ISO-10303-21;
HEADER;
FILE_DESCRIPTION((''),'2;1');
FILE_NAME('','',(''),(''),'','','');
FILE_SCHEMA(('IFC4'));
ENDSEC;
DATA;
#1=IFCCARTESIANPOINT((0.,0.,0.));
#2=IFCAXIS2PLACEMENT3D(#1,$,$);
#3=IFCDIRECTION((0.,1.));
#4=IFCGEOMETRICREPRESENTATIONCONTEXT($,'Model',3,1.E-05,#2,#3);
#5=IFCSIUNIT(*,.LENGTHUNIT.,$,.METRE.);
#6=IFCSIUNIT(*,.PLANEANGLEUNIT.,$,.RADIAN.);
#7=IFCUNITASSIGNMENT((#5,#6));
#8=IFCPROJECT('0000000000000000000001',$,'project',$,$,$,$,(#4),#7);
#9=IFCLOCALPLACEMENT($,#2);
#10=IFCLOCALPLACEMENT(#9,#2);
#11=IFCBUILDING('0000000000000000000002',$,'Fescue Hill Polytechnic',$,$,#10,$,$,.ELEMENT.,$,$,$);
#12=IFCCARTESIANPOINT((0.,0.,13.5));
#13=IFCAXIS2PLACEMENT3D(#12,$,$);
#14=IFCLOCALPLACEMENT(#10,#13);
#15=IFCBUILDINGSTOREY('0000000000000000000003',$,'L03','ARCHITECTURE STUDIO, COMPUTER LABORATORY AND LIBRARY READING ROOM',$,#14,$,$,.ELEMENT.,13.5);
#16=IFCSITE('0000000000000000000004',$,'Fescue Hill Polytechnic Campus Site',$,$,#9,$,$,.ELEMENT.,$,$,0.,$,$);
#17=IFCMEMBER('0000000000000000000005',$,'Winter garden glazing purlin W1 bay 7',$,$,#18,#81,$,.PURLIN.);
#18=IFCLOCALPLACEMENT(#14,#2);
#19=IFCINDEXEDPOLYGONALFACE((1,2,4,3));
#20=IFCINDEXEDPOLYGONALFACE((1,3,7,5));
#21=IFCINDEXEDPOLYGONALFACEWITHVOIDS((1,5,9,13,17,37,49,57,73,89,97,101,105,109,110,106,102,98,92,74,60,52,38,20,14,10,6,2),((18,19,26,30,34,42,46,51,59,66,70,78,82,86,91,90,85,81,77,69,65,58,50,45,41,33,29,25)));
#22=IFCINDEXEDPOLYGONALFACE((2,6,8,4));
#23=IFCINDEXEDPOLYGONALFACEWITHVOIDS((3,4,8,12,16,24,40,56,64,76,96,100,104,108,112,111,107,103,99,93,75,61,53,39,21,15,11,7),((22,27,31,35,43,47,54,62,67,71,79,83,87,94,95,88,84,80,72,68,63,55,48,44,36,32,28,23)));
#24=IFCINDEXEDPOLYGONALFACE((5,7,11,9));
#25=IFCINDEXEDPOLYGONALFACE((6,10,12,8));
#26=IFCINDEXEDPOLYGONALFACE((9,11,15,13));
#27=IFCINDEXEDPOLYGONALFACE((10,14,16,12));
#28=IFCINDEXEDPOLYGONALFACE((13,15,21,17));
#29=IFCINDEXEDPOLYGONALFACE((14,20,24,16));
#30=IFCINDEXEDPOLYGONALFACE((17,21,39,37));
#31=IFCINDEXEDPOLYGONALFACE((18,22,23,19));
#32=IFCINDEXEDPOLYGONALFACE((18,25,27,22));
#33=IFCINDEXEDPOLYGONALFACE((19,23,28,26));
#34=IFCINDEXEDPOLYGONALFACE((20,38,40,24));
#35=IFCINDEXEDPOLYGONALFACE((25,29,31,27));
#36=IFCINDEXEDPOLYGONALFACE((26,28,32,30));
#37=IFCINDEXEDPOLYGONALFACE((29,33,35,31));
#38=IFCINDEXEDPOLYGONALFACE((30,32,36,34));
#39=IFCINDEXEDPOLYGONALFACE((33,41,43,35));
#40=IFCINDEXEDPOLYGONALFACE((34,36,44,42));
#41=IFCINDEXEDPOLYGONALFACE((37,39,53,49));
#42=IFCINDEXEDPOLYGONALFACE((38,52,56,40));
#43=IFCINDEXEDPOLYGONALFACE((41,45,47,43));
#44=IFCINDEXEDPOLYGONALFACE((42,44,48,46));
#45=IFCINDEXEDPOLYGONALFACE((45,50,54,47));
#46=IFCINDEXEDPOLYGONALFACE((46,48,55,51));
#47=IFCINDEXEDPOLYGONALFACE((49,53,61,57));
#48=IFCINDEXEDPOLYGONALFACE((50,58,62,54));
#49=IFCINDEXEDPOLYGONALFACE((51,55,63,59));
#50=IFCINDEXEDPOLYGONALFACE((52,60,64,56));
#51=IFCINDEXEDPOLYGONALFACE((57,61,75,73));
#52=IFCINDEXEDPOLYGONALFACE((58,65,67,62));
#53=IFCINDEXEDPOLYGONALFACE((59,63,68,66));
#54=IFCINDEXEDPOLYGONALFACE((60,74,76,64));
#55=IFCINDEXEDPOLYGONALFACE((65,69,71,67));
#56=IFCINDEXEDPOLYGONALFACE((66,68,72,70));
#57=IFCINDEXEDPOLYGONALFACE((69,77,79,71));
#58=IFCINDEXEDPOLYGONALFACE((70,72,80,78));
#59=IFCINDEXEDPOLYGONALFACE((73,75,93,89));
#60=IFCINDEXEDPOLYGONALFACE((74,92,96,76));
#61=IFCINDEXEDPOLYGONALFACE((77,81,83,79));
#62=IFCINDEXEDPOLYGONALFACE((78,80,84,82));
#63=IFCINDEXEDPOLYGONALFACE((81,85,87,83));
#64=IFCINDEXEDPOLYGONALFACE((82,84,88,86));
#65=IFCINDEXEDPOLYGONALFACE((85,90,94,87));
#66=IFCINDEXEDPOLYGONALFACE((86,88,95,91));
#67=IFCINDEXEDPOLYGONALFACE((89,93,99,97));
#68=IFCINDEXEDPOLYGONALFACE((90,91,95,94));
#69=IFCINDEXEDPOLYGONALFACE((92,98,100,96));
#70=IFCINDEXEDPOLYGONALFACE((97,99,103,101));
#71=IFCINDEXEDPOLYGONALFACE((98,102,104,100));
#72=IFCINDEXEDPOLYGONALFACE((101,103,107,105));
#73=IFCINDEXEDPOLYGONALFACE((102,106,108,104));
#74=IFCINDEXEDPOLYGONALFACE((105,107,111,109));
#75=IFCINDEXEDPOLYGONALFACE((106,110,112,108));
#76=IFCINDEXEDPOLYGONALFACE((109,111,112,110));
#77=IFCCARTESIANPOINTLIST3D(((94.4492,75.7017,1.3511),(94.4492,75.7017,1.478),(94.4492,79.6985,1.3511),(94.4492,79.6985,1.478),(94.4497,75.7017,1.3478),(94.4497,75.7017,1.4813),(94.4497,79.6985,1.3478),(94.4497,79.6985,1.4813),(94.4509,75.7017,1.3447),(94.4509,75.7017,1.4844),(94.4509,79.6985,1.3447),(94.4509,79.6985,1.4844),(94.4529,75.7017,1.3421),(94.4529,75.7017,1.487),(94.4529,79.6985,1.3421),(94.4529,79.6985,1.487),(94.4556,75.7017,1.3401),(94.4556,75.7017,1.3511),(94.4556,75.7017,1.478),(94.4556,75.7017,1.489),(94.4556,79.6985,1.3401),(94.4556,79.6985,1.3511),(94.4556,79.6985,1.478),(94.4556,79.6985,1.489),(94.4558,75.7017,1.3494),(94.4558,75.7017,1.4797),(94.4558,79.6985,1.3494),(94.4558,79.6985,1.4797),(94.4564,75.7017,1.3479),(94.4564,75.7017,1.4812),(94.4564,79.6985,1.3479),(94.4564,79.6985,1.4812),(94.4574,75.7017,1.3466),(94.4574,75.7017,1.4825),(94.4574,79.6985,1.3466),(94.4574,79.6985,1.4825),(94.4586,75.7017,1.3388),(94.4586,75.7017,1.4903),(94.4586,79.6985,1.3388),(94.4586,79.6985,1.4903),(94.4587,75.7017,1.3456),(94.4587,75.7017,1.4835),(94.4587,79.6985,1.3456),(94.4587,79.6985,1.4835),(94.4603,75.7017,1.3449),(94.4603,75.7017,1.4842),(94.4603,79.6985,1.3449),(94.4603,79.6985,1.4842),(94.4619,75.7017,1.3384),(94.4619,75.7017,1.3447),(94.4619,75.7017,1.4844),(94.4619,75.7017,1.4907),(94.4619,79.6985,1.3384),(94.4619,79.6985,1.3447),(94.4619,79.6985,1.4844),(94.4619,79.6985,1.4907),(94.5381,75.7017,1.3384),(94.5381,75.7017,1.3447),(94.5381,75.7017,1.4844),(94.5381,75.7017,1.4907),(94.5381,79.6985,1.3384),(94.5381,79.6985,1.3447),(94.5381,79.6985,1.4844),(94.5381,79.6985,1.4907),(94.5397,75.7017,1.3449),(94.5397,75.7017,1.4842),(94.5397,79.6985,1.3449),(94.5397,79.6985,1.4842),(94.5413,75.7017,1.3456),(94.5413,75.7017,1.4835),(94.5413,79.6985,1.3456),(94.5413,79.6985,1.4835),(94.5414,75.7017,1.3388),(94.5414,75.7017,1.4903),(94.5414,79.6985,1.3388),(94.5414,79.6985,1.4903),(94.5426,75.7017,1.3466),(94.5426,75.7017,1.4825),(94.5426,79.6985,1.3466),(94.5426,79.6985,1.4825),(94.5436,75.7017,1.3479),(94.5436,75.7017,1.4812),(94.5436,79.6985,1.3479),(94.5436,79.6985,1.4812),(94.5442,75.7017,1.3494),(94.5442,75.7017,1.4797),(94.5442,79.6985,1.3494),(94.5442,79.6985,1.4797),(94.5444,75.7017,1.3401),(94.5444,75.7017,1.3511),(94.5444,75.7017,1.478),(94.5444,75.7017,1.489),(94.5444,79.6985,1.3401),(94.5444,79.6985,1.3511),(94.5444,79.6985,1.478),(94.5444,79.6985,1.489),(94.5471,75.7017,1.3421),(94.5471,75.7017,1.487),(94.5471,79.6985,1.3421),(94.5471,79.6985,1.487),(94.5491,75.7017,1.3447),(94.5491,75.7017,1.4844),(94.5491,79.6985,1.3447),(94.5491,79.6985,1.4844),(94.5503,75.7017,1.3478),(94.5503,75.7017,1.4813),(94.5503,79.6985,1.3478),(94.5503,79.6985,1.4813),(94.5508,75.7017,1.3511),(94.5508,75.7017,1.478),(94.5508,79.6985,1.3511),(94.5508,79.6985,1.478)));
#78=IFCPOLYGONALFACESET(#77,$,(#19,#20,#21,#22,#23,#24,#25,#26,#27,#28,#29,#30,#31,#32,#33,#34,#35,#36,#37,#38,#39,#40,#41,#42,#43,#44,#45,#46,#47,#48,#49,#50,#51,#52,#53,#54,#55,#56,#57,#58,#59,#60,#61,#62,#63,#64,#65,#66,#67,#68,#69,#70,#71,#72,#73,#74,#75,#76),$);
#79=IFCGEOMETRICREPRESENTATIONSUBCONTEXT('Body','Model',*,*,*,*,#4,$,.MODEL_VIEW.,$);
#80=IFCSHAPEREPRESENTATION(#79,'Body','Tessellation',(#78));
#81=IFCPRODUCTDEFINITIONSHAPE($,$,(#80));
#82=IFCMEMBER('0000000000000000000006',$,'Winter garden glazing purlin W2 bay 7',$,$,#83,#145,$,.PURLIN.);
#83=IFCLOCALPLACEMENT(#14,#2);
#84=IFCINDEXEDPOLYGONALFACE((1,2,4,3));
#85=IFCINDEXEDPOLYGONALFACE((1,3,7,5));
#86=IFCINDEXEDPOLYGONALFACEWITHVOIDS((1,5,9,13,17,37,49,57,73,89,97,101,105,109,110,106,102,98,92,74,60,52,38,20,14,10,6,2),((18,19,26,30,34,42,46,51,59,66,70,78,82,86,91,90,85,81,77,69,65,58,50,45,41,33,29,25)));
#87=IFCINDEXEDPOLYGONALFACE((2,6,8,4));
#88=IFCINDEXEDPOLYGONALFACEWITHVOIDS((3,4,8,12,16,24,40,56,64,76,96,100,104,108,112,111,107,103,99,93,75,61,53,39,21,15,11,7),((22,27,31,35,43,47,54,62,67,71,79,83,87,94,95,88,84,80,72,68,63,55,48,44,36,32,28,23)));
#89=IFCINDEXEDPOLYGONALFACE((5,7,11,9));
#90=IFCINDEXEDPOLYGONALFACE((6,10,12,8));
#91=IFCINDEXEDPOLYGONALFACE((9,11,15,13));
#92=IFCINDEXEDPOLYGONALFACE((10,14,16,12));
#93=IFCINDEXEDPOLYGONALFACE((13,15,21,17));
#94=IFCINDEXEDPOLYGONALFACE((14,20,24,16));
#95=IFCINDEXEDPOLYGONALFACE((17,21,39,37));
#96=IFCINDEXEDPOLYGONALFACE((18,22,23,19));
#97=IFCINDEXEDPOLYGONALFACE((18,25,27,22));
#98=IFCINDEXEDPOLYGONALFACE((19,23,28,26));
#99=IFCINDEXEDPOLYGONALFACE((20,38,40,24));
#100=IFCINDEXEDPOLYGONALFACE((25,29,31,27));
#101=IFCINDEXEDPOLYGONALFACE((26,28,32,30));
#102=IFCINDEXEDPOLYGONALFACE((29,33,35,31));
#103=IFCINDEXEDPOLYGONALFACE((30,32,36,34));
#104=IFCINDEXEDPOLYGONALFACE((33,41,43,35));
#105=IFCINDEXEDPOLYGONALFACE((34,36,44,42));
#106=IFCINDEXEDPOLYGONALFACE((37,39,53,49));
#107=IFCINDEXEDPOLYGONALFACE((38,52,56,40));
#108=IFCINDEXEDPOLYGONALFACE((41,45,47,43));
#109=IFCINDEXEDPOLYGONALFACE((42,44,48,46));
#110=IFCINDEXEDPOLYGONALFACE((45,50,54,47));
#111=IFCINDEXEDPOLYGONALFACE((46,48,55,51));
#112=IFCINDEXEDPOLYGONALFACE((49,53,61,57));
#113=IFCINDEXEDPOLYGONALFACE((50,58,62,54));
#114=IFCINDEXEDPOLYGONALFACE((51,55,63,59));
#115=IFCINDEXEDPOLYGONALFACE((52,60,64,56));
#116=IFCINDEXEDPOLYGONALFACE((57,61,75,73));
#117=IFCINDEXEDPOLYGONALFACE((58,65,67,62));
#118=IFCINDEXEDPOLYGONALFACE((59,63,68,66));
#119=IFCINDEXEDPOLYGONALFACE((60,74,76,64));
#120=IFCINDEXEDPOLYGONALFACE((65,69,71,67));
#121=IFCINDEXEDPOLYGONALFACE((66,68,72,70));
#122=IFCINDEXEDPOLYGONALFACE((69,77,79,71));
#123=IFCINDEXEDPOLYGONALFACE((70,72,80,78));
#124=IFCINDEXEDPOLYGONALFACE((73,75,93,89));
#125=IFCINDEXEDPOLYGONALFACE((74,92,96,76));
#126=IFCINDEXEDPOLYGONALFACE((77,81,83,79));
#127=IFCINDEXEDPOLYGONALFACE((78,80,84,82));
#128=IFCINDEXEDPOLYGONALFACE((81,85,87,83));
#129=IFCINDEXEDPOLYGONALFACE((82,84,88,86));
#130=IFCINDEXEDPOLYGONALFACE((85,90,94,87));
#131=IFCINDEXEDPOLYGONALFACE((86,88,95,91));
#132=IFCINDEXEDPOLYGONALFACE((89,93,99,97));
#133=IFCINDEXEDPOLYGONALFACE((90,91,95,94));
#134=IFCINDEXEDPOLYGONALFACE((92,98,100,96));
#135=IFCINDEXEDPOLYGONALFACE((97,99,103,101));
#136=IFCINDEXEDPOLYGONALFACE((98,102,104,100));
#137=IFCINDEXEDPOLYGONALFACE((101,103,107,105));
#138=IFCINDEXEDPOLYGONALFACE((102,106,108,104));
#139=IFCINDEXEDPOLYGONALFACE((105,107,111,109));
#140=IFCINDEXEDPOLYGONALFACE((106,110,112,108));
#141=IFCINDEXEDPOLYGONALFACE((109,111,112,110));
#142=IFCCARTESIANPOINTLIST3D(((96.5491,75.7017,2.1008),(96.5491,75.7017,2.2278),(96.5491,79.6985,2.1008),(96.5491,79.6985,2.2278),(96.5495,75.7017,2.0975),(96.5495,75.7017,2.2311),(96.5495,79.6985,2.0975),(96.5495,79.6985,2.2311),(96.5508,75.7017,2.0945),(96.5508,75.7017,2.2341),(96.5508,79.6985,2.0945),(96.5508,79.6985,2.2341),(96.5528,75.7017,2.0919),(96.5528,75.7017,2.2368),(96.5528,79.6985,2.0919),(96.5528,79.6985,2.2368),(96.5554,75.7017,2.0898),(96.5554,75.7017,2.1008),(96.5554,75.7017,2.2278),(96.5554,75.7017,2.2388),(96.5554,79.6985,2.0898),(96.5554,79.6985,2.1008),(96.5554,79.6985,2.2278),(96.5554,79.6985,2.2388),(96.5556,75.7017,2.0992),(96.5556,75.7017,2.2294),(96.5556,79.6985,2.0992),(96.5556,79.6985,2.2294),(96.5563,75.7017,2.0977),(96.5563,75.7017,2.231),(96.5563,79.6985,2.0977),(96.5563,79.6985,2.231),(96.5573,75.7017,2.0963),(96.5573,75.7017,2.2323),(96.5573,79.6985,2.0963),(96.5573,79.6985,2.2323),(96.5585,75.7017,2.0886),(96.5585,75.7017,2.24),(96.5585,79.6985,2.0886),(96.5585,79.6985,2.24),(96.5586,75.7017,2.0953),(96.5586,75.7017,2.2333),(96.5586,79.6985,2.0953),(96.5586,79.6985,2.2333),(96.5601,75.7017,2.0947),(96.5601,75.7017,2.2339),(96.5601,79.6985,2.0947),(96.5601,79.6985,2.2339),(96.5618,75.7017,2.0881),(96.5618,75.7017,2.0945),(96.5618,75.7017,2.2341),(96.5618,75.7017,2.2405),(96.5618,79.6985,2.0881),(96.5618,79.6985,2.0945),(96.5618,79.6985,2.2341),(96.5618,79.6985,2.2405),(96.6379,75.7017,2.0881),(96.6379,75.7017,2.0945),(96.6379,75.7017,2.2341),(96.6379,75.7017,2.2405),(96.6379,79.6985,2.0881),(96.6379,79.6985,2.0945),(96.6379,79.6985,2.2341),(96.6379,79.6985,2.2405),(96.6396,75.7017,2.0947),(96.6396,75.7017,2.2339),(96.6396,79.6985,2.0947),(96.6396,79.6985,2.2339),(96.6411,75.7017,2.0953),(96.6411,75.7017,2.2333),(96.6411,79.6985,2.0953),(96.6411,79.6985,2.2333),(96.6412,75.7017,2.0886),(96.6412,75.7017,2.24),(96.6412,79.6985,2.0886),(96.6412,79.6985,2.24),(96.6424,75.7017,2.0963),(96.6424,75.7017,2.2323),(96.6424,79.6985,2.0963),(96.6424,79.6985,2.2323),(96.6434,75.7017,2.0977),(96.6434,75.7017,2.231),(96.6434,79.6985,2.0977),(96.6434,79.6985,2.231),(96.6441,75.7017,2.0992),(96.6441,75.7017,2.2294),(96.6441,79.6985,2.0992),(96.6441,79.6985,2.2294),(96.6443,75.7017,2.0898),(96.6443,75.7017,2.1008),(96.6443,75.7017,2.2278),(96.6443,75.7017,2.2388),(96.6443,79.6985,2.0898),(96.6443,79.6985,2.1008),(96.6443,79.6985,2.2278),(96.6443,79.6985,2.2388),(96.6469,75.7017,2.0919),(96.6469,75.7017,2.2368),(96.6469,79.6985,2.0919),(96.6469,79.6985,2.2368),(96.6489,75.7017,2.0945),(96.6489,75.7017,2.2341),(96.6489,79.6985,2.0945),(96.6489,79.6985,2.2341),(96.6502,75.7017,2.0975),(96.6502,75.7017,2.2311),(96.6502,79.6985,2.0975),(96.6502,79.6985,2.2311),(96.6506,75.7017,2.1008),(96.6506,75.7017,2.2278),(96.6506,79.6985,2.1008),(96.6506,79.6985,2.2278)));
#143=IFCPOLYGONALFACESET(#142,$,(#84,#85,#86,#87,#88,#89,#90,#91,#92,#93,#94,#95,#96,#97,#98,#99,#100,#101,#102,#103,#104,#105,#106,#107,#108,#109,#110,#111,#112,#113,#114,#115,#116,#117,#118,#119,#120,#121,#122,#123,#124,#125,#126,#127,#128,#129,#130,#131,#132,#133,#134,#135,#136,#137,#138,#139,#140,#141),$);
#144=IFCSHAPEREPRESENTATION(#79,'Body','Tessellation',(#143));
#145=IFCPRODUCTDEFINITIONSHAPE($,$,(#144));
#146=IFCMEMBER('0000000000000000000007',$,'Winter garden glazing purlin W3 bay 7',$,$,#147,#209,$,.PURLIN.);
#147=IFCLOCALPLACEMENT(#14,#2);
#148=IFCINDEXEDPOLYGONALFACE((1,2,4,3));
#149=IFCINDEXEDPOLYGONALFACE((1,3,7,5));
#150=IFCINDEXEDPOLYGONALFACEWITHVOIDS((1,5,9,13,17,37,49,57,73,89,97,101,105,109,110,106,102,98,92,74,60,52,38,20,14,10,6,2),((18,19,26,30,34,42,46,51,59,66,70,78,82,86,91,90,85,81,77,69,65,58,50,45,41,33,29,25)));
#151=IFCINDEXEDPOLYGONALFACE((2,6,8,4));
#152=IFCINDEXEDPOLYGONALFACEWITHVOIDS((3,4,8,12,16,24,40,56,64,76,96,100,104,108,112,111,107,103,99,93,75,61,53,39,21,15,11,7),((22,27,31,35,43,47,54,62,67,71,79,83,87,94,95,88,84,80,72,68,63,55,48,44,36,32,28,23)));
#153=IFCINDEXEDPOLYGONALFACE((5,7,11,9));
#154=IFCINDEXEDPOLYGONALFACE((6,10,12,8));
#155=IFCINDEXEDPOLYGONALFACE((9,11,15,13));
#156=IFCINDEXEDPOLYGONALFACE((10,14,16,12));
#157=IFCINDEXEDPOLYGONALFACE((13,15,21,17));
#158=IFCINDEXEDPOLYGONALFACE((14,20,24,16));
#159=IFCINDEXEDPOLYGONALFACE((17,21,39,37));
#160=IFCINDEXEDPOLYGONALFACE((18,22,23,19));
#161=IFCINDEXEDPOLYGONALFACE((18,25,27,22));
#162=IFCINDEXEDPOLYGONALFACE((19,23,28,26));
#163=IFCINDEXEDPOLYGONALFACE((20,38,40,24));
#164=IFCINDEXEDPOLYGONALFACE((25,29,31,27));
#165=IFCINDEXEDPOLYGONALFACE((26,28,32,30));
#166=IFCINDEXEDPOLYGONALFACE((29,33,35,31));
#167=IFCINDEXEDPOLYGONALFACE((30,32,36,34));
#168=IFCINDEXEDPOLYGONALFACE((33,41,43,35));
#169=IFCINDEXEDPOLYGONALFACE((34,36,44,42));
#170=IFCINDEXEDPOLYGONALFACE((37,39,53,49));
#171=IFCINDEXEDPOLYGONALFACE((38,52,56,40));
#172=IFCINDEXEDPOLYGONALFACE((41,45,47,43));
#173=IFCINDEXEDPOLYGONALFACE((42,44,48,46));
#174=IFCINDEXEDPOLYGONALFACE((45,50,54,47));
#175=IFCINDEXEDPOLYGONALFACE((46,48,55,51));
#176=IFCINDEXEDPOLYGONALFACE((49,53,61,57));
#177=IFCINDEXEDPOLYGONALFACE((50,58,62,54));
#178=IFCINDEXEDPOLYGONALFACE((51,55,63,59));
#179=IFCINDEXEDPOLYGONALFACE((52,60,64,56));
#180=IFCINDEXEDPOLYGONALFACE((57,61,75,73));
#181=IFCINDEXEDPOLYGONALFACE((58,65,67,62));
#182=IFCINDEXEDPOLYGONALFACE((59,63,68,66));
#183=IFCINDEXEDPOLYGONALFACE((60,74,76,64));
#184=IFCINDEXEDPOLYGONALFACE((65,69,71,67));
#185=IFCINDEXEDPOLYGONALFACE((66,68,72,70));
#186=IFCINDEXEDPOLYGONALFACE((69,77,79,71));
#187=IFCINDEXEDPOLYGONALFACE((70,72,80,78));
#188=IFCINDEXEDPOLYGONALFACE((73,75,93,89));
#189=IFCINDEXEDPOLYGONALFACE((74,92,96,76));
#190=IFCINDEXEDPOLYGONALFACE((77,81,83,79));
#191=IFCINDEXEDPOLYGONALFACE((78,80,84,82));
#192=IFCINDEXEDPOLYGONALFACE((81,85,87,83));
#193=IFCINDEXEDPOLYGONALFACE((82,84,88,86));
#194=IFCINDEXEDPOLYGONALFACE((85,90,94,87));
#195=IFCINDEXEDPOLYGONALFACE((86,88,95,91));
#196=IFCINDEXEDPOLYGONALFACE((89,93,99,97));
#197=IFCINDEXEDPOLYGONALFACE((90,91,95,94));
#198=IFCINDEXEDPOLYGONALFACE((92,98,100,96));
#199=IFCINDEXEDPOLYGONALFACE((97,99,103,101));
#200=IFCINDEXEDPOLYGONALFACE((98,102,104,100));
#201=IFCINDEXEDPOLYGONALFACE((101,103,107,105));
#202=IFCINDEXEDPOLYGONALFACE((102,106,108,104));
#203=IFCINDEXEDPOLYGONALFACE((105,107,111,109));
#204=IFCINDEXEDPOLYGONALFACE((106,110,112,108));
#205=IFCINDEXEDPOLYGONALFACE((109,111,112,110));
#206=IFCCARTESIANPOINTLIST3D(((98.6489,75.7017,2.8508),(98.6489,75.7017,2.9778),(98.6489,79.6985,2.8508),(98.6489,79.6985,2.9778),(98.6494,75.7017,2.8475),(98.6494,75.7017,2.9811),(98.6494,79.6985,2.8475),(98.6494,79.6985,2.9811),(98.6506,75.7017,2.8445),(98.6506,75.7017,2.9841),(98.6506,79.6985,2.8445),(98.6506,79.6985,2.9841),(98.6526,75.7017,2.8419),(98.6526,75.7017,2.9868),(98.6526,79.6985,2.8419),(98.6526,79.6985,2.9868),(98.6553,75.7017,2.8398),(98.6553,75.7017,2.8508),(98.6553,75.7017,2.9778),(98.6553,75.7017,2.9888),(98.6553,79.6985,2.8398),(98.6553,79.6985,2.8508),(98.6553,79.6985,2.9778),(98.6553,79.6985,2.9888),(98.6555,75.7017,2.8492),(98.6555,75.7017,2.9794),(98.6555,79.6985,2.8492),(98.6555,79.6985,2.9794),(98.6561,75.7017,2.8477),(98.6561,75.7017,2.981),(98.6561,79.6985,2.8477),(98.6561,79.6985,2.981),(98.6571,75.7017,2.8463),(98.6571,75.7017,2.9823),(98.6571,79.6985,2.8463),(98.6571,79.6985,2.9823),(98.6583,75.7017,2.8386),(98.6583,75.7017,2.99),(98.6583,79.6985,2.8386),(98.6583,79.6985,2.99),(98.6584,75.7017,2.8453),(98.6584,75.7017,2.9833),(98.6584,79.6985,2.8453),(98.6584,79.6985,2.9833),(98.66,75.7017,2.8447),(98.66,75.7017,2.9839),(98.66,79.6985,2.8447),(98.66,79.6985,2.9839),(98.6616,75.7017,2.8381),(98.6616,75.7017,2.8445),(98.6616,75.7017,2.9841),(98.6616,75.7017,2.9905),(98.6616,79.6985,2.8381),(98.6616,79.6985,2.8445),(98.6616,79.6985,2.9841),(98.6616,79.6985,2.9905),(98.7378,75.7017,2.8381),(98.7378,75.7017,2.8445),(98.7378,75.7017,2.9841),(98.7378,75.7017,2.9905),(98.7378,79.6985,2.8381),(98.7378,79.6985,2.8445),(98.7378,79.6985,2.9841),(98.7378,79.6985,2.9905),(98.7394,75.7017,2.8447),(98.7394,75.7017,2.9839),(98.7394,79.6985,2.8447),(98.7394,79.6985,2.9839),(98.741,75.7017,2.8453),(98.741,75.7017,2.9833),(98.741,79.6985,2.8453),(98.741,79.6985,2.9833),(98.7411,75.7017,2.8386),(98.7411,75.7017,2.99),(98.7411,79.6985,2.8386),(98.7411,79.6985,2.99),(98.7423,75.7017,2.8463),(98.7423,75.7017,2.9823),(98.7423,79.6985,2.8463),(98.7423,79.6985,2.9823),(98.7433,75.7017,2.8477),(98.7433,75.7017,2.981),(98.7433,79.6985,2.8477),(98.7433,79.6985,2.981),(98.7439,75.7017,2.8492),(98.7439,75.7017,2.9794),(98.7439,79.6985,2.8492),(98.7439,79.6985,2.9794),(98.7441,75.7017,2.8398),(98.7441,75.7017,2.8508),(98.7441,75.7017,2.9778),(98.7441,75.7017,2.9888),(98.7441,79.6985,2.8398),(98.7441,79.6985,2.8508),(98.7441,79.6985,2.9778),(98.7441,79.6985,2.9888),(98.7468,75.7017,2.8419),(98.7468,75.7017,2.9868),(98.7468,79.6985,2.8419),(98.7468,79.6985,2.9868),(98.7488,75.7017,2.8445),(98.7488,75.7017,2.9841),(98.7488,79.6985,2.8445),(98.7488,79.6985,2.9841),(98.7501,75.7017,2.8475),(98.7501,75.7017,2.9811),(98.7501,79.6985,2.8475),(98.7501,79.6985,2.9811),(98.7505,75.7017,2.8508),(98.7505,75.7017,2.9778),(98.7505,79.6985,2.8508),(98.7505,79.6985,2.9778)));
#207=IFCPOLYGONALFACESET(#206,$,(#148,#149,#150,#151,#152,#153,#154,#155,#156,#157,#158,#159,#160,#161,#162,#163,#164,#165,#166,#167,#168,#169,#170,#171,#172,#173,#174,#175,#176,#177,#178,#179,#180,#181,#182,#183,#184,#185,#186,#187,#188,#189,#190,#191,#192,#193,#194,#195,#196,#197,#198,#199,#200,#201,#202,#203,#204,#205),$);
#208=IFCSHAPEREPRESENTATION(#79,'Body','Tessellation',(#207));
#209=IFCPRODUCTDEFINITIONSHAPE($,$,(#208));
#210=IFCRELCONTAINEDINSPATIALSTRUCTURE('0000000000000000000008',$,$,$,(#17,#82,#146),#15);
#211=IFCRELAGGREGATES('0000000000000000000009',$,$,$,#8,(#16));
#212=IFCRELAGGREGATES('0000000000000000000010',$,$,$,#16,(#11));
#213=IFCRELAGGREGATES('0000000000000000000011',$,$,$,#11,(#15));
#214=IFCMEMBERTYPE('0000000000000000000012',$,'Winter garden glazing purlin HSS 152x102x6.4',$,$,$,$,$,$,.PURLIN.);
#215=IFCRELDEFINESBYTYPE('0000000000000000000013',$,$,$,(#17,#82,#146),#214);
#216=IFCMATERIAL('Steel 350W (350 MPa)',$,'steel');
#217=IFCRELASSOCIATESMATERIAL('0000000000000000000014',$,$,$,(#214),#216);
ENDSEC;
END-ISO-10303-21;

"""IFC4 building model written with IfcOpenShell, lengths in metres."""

from ifc_helpers import new_model, si_unit, direction, frame, origin, origin_2d, place, context, subcontext, project, spatial, hollow_rectangle, extrude, material, material_profile, profile_set, type_object, element, save


model = new_model("IFC4")

# Units and contexts
model_context = context("Model", 3, precision=1e-05, world=origin(), true_north=direction((0.0, 1.0)))
body_context = subcontext(model_context, "Body", "Model", "MODEL_VIEW")
ifc_project = project(units=[si_unit("LENGTHUNIT", "METRE"), si_unit("PLANEANGLEUNIT", "RADIAN")], contexts=[model_context])

# Site, building, storey
site_placement = place(None, origin())
site = spatial("IfcSite", under=ifc_project, at=site_placement, Name="Fescue Hill Polytechnic Campus Site", CompositionType="ELEMENT", RefElevation=0.0)
building_placement = place(site_placement, origin())
building = spatial("IfcBuilding", under=site, at=building_placement, Name="Fescue Hill Polytechnic", CompositionType="ELEMENT")
storey_placement = place(building_placement, frame((0.0, 0.0, 13.5)))
storey = spatial("IfcBuildingStorey", under=building, at=storey_placement, Name="L03", Description="ARCHITECTURE STUDIO, COMPUTER LABORATORY AND LIBRARY READING ROOM", CompositionType="ELEMENT", Elevation=13.5)

# Members
ifc_material_1 = material(Name="Steel 350W (350 MPa)", Category="steel")
ifc_material_profile_1 = material_profile(ifc_material_1, hollow_rectangle(XDim=0.1016, YDim=0.1523, WallThickness=0.0063, InnerFilletRadius=0.0063, OuterFilletRadius=0.0127, at=origin_2d()), Name="Winter garden glazing purlin HSS 152x102x6.4")
ifc_profile_set_1 = profile_set([ifc_material_profile_1], Name="Steel 350W (350 MPa)")
member_type_1 = type_object("IfcMemberType", Name="Winter garden glazing purlin HSS 152x102x6.4", PredefinedType="PURLIN", material=ifc_profile_set_1)
for number, where, z_axis, x_axis, name in (
    (1, (94.5, 75.7017, 1.4146), (0.0, 1.0, 0.0), (-1.0, 0.0, 0.0), "Winter garden glazing purlin W1 bay 7"),
    (2, (96.5999, 75.7017, 2.1643), (0.0, 1.0, 0.0), (-1.0, 0.0, 0.0), "Winter garden glazing purlin W2 bay 7"),
    (3, (98.6997, 75.7017, 2.9143), (0.0, 1.0, 0.0), (-1.0, 0.0, 0.0), "Winter garden glazing purlin W3 bay 7"),
):
    element("IfcMember", number, at=place(storey_placement, frame(where, z_axis=z_axis, x_axis=x_axis)), inside=storey, type_object=member_type_1, Name=name, PredefinedType="PURLIN", context=body_context, shape_type="SweptSolid", body=[
        extrude(hollow_rectangle(XDim=0.1016, YDim=0.1523, WallThickness=0.0063, InnerFilletRadius=0.0063, OuterFilletRadius=0.0127, at=origin_2d()), origin(), (0.0, 0.0, 1.0), 3.9968),
    ])

save(model, "model.ifc")
